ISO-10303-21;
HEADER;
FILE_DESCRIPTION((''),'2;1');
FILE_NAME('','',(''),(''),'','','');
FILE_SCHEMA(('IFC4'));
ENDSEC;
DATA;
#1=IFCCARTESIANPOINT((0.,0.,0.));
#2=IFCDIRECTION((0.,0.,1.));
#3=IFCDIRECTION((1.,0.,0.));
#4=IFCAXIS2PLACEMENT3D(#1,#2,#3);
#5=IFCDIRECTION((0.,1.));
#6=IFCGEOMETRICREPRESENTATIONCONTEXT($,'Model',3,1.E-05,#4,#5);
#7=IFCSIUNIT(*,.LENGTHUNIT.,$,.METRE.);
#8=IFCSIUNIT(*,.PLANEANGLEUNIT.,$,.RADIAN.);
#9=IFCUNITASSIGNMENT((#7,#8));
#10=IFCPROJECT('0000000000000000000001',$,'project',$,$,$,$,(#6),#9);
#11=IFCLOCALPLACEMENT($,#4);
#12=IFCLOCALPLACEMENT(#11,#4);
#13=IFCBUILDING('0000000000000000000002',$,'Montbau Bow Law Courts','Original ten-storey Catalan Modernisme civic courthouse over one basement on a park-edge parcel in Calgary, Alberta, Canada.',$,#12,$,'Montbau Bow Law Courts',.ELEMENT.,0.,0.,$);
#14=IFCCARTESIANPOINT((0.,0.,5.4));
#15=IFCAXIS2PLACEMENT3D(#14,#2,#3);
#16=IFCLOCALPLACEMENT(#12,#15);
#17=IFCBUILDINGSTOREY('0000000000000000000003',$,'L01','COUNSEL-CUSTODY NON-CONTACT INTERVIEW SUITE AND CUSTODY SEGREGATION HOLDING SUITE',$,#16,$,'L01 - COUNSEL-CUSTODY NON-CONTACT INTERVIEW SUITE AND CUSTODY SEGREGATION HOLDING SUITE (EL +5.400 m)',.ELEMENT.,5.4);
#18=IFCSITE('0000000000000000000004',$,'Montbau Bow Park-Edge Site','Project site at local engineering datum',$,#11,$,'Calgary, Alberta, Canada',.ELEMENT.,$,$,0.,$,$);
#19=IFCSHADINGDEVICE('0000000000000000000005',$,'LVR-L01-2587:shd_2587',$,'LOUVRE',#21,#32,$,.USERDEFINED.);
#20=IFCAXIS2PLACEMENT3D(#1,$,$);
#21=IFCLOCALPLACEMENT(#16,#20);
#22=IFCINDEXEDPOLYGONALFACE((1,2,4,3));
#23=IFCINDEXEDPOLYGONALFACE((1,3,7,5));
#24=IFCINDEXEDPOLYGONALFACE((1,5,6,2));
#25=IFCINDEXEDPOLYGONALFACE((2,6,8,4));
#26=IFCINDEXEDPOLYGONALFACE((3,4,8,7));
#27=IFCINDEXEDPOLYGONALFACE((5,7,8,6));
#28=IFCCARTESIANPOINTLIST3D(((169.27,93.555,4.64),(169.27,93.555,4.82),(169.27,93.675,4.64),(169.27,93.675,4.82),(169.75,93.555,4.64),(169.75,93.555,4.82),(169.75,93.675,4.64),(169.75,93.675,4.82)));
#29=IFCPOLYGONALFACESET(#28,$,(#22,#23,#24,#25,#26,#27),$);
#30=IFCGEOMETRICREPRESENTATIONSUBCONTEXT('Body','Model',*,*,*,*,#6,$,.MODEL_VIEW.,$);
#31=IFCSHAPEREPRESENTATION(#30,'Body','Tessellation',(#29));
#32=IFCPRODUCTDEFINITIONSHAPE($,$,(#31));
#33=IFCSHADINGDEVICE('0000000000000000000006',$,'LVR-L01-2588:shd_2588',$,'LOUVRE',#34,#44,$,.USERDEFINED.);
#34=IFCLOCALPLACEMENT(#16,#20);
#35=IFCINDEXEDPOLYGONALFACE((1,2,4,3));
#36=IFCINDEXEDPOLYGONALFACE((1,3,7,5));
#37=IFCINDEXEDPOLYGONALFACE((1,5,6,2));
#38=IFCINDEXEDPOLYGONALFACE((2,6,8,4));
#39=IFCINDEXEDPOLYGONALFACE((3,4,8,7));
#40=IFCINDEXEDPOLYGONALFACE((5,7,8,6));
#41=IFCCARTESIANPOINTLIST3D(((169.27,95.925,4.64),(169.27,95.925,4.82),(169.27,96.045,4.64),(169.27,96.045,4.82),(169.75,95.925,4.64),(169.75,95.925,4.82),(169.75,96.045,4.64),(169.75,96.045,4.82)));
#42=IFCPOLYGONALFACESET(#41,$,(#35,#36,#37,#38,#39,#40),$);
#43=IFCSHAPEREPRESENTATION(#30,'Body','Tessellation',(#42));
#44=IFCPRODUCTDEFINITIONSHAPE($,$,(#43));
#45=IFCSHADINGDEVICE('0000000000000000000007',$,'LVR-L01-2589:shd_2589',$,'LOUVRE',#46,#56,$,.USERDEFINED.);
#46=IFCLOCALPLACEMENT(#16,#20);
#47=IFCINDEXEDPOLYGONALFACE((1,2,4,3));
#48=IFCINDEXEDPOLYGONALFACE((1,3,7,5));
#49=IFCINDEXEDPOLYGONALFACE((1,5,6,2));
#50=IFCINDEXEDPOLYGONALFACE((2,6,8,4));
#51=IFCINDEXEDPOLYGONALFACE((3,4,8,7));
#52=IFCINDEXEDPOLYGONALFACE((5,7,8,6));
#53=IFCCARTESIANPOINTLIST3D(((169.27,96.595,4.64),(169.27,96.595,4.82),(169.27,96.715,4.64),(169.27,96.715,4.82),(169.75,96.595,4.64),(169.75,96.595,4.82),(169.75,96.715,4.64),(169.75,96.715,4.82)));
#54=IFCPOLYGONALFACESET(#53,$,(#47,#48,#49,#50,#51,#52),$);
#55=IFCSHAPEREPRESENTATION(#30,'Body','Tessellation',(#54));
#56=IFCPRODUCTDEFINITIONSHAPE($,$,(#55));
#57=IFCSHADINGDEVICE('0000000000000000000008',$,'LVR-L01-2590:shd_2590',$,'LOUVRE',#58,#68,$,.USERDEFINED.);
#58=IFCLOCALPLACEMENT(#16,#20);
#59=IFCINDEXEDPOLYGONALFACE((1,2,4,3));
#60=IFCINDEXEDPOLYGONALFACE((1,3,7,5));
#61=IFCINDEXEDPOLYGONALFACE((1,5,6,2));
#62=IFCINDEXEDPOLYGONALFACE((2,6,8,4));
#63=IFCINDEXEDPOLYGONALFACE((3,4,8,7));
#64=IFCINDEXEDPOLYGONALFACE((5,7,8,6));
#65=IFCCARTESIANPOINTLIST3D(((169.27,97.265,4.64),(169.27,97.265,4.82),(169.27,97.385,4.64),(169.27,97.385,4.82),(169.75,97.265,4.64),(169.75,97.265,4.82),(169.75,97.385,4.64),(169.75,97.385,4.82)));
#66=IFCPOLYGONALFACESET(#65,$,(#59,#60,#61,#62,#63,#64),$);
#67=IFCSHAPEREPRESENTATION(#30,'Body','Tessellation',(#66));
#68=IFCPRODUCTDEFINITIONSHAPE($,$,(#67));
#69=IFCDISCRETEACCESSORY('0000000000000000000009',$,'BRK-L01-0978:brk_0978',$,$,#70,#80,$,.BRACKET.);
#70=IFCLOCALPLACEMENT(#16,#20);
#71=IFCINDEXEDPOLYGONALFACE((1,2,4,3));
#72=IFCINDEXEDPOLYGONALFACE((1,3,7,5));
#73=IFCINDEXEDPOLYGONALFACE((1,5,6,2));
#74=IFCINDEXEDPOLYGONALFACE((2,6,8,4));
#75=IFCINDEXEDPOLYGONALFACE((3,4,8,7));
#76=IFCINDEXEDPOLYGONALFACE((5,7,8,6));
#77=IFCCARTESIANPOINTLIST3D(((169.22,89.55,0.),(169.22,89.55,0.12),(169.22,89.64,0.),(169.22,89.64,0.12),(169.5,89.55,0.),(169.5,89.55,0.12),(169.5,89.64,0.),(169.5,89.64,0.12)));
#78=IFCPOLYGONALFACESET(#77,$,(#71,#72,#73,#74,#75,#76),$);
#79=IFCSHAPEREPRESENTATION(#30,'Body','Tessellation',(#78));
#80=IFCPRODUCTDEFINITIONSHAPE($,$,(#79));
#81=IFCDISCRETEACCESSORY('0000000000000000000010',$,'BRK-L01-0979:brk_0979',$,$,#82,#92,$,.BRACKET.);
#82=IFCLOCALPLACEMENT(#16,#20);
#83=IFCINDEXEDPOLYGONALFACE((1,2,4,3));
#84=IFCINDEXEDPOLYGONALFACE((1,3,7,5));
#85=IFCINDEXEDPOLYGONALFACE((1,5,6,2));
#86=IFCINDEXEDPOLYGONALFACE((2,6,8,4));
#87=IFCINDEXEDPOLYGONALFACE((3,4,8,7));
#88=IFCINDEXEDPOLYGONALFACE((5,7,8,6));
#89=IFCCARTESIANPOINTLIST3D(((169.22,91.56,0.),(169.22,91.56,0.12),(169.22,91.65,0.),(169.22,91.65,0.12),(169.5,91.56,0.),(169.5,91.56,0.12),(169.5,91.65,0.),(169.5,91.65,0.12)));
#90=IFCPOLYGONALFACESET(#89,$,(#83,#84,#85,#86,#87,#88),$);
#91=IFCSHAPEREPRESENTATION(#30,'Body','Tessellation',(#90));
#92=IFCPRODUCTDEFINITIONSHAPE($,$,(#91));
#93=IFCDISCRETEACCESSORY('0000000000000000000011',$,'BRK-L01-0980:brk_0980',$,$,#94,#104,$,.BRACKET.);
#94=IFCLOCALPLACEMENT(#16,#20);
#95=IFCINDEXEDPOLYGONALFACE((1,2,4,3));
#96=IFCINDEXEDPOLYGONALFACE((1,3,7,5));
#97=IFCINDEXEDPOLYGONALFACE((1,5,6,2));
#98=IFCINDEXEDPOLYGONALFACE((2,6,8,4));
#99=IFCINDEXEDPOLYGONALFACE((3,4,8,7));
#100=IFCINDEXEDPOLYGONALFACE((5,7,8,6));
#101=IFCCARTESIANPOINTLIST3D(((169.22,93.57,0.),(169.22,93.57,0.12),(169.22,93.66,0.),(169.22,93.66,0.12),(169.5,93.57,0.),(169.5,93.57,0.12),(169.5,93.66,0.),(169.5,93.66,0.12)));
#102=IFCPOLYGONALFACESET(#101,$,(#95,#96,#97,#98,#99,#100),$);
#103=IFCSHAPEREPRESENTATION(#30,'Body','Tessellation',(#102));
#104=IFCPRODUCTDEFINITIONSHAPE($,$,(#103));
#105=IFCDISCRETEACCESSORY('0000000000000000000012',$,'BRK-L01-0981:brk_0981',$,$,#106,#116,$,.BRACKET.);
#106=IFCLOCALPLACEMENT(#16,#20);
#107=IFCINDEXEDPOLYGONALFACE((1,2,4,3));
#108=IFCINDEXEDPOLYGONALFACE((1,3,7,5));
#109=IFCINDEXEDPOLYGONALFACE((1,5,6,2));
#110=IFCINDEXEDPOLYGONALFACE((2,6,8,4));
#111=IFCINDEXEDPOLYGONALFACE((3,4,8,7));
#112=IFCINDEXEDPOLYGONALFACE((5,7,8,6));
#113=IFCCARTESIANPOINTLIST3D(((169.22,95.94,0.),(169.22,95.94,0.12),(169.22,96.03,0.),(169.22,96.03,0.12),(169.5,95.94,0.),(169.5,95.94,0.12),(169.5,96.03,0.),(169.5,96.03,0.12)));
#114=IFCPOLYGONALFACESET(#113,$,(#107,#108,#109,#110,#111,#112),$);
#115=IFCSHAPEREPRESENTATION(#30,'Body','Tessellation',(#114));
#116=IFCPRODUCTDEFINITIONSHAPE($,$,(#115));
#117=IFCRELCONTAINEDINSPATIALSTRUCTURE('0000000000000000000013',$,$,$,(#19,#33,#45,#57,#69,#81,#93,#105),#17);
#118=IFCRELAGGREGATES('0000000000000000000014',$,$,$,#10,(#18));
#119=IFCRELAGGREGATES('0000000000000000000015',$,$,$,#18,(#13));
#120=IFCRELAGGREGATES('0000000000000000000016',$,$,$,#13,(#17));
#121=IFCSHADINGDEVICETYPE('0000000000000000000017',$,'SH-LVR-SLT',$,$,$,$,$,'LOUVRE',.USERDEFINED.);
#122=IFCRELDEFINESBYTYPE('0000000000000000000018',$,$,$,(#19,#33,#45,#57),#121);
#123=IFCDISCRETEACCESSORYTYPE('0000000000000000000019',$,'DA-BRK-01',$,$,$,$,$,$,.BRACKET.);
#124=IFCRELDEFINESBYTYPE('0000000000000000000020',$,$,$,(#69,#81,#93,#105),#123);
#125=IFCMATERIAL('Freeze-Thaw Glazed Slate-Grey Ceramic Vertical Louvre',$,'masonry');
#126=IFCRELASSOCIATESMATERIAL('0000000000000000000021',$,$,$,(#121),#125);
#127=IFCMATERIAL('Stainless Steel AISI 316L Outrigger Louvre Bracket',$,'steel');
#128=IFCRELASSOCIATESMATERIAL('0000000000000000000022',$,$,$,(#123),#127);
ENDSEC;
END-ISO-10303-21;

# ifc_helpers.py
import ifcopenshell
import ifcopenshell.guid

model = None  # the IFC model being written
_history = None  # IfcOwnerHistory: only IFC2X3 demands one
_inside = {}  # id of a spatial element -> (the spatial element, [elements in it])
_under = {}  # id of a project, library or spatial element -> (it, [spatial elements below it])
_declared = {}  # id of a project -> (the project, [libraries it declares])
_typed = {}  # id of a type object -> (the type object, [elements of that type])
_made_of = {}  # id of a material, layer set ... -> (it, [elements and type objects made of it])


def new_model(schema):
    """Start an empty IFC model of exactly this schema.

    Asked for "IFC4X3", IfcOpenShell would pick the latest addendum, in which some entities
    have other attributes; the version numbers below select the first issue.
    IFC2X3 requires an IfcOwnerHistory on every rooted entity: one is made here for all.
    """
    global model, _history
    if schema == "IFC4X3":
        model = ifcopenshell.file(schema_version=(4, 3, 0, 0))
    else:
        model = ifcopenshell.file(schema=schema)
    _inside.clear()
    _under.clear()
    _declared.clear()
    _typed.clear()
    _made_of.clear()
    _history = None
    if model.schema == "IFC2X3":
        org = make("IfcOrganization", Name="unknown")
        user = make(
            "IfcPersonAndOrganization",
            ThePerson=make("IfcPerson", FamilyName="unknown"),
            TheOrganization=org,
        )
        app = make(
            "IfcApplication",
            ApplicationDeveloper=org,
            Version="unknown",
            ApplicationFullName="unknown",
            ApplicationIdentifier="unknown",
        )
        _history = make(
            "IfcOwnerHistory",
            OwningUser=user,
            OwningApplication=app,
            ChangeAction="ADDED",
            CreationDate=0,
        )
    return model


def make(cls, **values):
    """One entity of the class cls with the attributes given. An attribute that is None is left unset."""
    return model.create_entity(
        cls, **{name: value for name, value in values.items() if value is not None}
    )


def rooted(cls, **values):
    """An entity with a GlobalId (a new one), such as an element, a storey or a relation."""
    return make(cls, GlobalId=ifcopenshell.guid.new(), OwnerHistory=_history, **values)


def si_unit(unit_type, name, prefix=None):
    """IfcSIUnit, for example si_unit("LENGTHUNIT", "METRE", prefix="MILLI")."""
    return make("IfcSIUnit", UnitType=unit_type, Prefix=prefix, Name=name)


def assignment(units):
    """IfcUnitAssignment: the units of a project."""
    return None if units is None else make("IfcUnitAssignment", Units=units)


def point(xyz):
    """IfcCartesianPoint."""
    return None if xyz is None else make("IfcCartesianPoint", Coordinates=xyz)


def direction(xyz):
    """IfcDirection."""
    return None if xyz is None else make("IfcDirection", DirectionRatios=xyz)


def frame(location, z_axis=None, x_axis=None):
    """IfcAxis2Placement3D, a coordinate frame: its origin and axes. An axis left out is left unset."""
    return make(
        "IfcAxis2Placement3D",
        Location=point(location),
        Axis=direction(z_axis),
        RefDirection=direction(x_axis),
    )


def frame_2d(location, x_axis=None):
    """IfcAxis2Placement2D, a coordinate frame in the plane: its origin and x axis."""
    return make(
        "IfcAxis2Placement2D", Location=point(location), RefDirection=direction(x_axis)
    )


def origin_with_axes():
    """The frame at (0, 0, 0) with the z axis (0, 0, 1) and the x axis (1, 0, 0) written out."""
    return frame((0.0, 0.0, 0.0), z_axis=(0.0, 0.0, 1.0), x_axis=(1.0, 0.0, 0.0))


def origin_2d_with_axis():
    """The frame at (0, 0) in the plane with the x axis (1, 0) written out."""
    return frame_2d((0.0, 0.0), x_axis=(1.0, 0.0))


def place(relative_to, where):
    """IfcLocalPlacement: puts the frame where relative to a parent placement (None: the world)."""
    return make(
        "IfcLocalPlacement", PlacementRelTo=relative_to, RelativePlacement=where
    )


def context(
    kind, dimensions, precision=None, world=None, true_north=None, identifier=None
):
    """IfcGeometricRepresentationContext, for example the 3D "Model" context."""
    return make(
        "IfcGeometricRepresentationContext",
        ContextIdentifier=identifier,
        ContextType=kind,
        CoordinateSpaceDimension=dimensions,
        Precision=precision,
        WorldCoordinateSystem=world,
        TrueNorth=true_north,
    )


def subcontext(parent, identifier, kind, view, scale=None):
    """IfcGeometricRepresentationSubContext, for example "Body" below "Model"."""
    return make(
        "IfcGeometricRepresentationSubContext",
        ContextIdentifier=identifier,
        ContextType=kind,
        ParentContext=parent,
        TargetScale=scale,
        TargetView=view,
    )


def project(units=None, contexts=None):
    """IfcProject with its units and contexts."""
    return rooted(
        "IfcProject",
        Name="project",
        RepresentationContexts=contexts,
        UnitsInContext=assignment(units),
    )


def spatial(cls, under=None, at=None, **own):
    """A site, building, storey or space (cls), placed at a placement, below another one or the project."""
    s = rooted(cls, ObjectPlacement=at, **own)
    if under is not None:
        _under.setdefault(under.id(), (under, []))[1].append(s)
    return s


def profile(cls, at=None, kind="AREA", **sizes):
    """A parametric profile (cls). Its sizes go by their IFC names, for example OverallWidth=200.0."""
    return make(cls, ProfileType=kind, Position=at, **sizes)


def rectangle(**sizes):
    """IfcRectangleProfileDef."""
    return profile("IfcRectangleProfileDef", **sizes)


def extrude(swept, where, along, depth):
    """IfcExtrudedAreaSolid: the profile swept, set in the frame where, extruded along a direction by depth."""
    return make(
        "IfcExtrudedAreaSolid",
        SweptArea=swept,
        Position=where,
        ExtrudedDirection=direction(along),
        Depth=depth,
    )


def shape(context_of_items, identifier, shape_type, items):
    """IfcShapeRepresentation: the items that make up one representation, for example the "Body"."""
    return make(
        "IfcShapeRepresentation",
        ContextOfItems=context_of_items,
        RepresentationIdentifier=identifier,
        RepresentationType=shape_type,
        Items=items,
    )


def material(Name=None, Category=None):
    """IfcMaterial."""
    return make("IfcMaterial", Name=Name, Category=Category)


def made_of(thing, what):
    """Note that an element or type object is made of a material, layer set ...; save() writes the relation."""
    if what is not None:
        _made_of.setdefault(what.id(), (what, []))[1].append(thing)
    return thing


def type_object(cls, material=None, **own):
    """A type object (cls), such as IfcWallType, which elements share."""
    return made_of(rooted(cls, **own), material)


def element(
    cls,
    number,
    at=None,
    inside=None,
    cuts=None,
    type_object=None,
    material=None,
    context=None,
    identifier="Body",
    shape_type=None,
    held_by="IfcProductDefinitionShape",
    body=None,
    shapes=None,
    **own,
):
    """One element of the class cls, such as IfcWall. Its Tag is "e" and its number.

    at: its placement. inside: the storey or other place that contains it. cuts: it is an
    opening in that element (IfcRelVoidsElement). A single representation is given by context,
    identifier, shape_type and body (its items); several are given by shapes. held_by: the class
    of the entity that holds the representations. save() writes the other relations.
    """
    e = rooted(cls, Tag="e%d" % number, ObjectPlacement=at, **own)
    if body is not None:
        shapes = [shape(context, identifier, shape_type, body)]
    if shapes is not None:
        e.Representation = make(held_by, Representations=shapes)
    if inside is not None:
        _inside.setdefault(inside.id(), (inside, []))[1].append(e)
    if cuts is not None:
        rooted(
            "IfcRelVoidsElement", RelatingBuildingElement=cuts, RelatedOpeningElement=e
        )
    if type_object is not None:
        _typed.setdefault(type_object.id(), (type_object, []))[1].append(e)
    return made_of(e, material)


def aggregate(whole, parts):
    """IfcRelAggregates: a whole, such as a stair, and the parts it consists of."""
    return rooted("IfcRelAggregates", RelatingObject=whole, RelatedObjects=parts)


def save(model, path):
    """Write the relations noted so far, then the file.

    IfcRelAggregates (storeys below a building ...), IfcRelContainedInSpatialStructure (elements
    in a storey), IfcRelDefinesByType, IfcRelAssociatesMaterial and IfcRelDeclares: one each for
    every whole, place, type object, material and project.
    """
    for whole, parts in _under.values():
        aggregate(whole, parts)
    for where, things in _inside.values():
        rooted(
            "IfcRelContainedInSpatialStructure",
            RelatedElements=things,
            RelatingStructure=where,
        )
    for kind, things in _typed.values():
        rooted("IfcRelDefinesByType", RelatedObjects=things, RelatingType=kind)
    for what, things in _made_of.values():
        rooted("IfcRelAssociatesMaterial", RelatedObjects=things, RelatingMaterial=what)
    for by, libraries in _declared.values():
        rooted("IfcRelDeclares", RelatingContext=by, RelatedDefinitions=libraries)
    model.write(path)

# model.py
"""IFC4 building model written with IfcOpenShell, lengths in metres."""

from ifc_helpers import new_model, si_unit, direction, frame, origin_with_axes, origin_2d_with_axis, place, context, subcontext, project, spatial, rectangle, extrude, material, type_object, element, save


model = new_model("IFC4")

# Units and contexts
model_context = context("Model", 3, precision=1e-05, world=origin_with_axes(), true_north=direction((0.0, 1.0)))
body_context = subcontext(model_context, "Body", "Model", "MODEL_VIEW")
ifc_project = project(units=[si_unit("LENGTHUNIT", "METRE"), si_unit("PLANEANGLEUNIT", "RADIAN")], contexts=[model_context])

# Site, building, storey
site_placement = place(None, origin_with_axes())
site = spatial("IfcSite", under=ifc_project, at=site_placement, Name="Montbau Bow Park-Edge Site", Description="Project site at local engineering datum", LongName="Calgary, Alberta, Canada", CompositionType="ELEMENT", RefElevation=0.0)
building_placement = place(site_placement, origin_with_axes())
building = spatial("IfcBuilding", under=site, at=building_placement, Name="Montbau Bow Law Courts", Description="Original ten-storey Catalan Modernisme civic courthouse over one basement on a park-edge parcel in Calgary, Alberta, Canada.", LongName="Montbau Bow Law Courts", CompositionType="ELEMENT", ElevationOfRefHeight=0.0, ElevationOfTerrain=0.0)
storey_placement = place(building_placement, frame((0.0, 0.0, 5.4), z_axis=(0.0, 0.0, 1.0), x_axis=(1.0, 0.0, 0.0)))
storey = spatial("IfcBuildingStorey", under=building, at=storey_placement, Name="L01", Description="COUNSEL-CUSTODY NON-CONTACT INTERVIEW SUITE AND CUSTODY SEGREGATION HOLDING SUITE", LongName="L01 - COUNSEL-CUSTODY NON-CONTACT INTERVIEW SUITE AND CUSTODY SEGREGATION HOLDING SUITE (EL +5.400 m)", CompositionType="ELEMENT", Elevation=5.4)

# Shared definitions
ifc_material_1 = material(Name="Freeze-Thaw Glazed Slate-Grey Ceramic Vertical Louvre", Category="masonry")

# Shading devices
shading_device_type = type_object("IfcShadingDeviceType", Name="SH-LVR-SLT", ElementType="LOUVRE", PredefinedType="USERDEFINED", material=ifc_material_1)
for number, where, z_axis, x_axis, name in (
    (1, (169.51, 93.615, 10.04), (0.0, 0.0, 1.0), (1.0, 0.0, 0.0), "LVR-L01-2587:shd_2587"),
    (2, (169.51, 95.985, 10.04), (0.0, 0.0, 1.0), (1.0, 0.0, 0.0), "LVR-L01-2588:shd_2588"),
    (3, (169.51, 96.655, 10.04), (0.0, 0.0, 1.0), (1.0, 0.0, 0.0), "LVR-L01-2589:shd_2589"),
    (4, (169.51, 97.325, 10.04), (0.0, 0.0, 1.0), (1.0, 0.0, 0.0), "LVR-L01-2590:shd_2590"),
):
    element("IfcShadingDevice", number, at=place(None, frame(where, z_axis=z_axis, x_axis=x_axis)), inside=storey, type_object=shading_device_type, Name=name, ObjectType="LOUVRE", PredefinedType="USERDEFINED", context=body_context, shape_type="SweptSolid", body=[
        extrude(rectangle(XDim=0.48, YDim=0.12, at=origin_2d_with_axis()), origin_with_axes(), (0.0, 0.0, 1.0), 0.18),
    ])

# Discrete accessories
ifc_material_2 = material(Name="Stainless Steel AISI 316L Outrigger Louvre Bracket", Category="steel")
discrete_accessory_type = type_object("IfcDiscreteAccessoryType", Name="DA-BRK-01", PredefinedType="BRACKET", material=ifc_material_2)
for number, where, z_axis, x_axis, name in (
    (5, (169.36, 89.595, 5.4), (0.0, 0.0, 1.0), (1.0, 0.0, 0.0), "BRK-L01-0978:brk_0978"),
    (6, (169.36, 91.605, 5.4), (0.0, 0.0, 1.0), (1.0, 0.0, 0.0), "BRK-L01-0979:brk_0979"),
    (7, (169.36, 93.615, 5.4), (0.0, 0.0, 1.0), (1.0, 0.0, 0.0), "BRK-L01-0980:brk_0980"),
    (8, (169.36, 95.985, 5.4), (0.0, 0.0, 1.0), (1.0, 0.0, 0.0), "BRK-L01-0981:brk_0981"),
):
    element("IfcDiscreteAccessory", number, at=place(None, frame(where, z_axis=z_axis, x_axis=x_axis)), inside=storey, type_object=discrete_accessory_type, Name=name, PredefinedType="BRACKET", context=body_context, shape_type="SweptSolid", body=[
        extrude(rectangle(XDim=0.28, YDim=0.09, at=origin_2d_with_axis()), origin_with_axes(), (0.0, 0.0, 1.0), 0.12),
    ])

save(model, "model.ifc")
